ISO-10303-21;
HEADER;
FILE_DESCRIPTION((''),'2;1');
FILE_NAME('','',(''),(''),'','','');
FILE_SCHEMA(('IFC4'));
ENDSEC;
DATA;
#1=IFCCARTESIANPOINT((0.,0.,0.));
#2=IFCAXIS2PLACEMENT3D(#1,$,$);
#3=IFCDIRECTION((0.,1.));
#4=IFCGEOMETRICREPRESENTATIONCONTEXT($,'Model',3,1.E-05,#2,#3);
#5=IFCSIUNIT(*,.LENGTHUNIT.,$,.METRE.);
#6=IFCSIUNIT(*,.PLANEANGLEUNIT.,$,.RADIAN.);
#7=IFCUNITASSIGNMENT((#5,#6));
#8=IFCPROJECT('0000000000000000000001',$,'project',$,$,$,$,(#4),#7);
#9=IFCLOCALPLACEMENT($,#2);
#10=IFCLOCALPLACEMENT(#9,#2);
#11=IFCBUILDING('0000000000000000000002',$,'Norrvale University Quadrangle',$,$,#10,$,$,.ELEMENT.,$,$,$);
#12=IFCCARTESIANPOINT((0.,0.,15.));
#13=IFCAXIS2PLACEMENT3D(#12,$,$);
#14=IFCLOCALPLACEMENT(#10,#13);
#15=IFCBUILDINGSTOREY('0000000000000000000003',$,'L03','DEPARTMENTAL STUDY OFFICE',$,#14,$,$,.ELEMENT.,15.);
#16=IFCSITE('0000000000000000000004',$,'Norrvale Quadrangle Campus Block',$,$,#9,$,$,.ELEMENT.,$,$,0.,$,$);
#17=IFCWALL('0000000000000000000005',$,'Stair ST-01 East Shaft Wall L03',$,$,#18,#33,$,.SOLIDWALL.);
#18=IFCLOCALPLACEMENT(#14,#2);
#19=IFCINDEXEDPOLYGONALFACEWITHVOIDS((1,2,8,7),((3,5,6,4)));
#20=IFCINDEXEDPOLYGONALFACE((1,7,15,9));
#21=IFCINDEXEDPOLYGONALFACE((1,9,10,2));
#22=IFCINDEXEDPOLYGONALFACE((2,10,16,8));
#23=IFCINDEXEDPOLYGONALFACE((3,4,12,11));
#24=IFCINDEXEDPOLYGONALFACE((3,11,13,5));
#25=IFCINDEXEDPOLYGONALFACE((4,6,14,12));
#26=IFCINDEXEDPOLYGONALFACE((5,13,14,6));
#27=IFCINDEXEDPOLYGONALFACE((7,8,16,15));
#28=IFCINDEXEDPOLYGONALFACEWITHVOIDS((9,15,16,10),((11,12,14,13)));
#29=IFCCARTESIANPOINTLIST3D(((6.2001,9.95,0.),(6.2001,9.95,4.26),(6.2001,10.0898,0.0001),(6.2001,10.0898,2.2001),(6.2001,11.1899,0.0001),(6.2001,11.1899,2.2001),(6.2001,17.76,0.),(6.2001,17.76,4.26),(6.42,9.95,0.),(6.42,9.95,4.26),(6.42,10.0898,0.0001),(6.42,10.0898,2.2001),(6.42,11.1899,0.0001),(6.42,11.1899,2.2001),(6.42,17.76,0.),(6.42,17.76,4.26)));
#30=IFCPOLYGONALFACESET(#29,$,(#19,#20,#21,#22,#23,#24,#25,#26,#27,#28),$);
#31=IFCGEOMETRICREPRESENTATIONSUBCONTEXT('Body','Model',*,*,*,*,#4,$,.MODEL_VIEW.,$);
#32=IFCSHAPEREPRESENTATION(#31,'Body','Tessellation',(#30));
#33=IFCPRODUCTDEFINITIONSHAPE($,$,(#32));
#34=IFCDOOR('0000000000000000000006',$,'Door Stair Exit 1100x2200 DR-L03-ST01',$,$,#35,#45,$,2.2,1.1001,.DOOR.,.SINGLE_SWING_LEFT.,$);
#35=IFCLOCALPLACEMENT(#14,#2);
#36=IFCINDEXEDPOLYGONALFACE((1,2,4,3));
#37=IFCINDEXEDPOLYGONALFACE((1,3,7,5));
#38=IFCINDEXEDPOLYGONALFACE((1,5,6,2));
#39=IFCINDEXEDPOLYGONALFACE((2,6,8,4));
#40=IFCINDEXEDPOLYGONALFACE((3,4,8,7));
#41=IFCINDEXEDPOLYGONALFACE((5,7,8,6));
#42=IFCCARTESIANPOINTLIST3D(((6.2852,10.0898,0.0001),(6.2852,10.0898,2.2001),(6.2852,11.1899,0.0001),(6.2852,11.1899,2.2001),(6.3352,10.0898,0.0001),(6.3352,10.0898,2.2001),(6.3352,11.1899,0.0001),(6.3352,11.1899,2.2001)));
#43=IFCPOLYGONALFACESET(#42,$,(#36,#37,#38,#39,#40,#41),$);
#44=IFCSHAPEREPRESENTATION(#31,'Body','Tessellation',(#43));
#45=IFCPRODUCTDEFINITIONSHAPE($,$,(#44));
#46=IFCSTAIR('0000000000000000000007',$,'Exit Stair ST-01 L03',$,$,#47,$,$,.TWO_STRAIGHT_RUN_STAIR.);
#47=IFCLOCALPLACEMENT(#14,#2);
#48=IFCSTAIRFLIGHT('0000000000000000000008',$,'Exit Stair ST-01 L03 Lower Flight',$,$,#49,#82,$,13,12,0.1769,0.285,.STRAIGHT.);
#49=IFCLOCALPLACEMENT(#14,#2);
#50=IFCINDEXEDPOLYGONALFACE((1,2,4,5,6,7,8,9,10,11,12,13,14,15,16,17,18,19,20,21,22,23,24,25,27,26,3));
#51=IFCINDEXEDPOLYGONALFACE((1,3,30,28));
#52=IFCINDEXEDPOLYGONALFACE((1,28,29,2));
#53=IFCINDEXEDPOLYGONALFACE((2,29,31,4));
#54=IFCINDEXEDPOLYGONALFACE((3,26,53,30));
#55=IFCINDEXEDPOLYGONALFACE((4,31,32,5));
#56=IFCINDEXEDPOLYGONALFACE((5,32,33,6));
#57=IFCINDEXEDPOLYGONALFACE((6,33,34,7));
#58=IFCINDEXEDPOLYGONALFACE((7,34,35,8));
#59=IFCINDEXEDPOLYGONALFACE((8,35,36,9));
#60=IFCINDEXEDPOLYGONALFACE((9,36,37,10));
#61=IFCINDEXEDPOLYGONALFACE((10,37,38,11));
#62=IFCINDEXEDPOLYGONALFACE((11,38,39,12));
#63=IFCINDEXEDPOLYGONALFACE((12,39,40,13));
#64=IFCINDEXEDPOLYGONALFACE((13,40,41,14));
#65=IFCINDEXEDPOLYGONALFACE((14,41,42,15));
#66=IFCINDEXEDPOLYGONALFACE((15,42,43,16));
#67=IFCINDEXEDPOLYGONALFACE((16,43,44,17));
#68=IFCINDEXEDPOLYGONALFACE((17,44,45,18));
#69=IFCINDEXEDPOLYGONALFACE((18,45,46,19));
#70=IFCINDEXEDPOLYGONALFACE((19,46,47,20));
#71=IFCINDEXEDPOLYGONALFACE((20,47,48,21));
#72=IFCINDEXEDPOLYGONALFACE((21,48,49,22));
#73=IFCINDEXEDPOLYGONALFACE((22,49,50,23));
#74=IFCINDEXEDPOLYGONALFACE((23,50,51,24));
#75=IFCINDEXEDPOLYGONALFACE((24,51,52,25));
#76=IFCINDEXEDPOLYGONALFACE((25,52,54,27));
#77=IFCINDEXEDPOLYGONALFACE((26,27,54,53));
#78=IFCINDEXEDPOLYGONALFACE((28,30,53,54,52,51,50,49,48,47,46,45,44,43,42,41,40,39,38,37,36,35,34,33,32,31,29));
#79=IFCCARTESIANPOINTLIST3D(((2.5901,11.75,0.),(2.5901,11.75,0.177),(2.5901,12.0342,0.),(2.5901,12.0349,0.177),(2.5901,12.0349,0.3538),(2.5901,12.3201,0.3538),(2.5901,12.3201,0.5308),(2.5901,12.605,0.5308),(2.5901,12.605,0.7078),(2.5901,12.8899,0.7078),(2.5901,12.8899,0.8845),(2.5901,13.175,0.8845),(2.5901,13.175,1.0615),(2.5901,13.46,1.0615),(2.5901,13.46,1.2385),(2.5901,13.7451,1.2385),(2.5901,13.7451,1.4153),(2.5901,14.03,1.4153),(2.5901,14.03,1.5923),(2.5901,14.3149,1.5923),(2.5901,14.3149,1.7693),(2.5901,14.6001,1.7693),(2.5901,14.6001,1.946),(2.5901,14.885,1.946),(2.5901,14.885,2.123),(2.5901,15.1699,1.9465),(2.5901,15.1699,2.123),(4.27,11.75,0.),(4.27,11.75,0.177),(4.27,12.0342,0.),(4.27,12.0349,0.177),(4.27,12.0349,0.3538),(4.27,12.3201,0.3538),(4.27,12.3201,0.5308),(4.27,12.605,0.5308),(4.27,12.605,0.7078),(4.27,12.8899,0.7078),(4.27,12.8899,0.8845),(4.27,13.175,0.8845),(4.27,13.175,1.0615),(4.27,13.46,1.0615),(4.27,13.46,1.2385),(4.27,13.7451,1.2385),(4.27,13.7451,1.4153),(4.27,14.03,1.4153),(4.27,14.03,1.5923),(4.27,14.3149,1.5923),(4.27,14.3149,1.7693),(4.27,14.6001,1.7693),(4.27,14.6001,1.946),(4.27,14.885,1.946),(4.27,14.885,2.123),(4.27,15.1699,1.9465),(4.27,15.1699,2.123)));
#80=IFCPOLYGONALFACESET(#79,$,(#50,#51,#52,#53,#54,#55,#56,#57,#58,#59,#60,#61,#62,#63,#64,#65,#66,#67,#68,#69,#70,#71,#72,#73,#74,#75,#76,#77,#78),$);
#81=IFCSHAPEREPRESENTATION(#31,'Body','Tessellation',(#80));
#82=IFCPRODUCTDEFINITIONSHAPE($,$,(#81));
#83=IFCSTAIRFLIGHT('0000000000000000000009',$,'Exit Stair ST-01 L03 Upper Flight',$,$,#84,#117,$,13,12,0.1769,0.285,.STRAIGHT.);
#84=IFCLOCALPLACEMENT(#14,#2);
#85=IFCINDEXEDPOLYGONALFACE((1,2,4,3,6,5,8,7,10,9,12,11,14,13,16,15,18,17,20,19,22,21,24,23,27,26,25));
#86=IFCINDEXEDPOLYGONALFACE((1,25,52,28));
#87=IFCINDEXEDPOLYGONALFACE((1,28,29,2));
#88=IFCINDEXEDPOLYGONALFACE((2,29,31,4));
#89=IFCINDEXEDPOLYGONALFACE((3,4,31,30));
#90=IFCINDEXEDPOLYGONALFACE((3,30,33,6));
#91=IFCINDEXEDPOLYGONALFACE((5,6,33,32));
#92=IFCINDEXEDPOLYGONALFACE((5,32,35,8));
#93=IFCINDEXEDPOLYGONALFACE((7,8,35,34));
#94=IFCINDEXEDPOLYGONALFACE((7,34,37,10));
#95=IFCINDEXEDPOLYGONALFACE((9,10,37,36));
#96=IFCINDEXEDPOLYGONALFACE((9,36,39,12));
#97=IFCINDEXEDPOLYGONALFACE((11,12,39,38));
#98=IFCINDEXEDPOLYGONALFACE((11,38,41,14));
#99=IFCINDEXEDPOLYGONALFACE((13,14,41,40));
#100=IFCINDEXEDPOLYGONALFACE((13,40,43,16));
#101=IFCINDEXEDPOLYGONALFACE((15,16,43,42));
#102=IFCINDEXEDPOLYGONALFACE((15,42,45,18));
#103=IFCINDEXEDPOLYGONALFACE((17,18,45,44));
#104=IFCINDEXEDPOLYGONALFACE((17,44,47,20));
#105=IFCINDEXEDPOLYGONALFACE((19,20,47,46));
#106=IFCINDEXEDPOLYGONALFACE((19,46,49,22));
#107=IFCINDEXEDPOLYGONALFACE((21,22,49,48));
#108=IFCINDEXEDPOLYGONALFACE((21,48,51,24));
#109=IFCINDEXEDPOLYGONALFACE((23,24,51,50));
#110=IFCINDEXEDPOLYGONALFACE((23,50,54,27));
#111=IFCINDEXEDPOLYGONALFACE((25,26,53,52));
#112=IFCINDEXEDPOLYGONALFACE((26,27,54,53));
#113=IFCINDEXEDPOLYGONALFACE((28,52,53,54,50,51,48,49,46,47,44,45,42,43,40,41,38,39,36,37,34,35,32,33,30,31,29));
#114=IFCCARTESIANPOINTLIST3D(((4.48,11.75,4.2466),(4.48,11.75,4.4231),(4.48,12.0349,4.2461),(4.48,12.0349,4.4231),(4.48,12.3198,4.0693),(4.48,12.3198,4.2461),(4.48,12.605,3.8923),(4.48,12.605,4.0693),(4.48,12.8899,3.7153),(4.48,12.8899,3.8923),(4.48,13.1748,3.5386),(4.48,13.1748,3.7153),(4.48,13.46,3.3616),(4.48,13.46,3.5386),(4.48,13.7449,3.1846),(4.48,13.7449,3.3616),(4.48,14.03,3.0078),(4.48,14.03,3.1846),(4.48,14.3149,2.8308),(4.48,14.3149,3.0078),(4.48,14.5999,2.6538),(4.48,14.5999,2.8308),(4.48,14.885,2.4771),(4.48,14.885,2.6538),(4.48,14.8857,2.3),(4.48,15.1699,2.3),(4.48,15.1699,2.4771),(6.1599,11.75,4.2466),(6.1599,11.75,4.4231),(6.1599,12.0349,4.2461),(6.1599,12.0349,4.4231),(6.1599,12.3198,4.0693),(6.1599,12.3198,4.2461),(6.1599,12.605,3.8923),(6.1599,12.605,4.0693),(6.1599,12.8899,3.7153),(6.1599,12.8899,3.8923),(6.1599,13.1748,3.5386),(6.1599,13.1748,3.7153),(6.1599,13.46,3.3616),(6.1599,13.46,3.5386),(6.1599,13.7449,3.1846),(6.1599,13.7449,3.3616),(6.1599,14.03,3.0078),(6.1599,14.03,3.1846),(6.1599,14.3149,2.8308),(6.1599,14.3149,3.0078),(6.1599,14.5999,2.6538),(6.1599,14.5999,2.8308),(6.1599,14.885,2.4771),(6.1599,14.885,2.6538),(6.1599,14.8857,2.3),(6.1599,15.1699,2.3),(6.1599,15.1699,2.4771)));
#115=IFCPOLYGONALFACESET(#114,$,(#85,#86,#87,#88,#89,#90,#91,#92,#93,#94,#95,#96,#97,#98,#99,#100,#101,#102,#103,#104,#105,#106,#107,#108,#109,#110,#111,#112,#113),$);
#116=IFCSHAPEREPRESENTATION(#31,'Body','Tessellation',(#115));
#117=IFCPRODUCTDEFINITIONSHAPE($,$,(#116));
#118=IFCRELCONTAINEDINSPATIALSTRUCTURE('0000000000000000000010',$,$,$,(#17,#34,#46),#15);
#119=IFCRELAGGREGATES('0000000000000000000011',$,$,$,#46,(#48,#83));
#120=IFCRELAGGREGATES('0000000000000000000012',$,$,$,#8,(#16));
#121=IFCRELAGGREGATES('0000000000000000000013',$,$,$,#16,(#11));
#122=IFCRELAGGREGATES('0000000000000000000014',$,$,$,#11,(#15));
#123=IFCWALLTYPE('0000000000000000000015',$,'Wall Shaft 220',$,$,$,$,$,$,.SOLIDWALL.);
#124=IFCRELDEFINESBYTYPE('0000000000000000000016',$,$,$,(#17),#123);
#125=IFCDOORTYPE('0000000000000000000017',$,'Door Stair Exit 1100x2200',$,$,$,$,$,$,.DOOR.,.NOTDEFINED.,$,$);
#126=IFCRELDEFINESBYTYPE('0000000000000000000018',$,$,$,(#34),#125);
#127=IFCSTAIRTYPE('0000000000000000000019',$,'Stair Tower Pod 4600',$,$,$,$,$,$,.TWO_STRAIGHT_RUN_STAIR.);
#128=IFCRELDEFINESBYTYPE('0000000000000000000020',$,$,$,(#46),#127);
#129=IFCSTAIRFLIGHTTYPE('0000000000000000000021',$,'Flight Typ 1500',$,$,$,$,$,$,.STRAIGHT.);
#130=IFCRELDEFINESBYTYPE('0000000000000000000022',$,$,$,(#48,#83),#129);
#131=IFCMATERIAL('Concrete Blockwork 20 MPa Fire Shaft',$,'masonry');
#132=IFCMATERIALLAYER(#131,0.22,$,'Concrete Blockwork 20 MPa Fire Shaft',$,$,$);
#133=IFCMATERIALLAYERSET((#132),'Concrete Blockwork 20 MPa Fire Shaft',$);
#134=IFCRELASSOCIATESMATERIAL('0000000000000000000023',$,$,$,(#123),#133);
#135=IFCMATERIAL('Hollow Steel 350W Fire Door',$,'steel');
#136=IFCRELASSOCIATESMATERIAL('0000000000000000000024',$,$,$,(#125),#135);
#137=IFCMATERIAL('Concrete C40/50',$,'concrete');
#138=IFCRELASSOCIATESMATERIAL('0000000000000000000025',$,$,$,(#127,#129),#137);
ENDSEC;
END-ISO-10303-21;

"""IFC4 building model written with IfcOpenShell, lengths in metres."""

from ifc_helpers import new_model, si_unit, direction, frame, frame_2d, origin, place, context, subcontext, project, spatial, polyline, rectangle, outline, extrude, material, layer, layer_set, type_object, element, fill, aggregate, save


model = new_model("IFC4")

# Units and contexts
model_context = context("Model", 3, precision=1e-05, world=origin(), true_north=direction((0.0, 1.0)))
body_context = subcontext(model_context, "Body", "Model", "MODEL_VIEW")
ifc_project = project(units=[si_unit("LENGTHUNIT", "METRE"), si_unit("PLANEANGLEUNIT", "RADIAN")], contexts=[model_context])

# Site, building, storey
site_placement = place(None, origin())
site = spatial("IfcSite", under=ifc_project, at=site_placement, Name="Norrvale Quadrangle Campus Block", CompositionType="ELEMENT", RefElevation=0.0)
building_placement = place(site_placement, origin())
building = spatial("IfcBuilding", under=site, at=building_placement, Name="Norrvale University Quadrangle", CompositionType="ELEMENT")
storey_placement = place(building_placement, frame((0.0, 0.0, 15.0)))
storey = spatial("IfcBuildingStorey", under=building, at=storey_placement, Name="L03", Description="DEPARTMENTAL STUDY OFFICE", CompositionType="ELEMENT", Elevation=15.0)

# Wall, opening, door
ifc_material_1 = material(Name="Concrete Blockwork 20 MPa Fire Shaft", Category="masonry")
ifc_layer_1 = layer(ifc_material_1, 0.22, Name="Concrete Blockwork 20 MPa Fire Shaft")
ifc_layer_set_1 = layer_set([ifc_layer_1], Name="Concrete Blockwork 20 MPa Fire Shaft")
wall_type_1 = type_object("IfcWallType", Name="Wall Shaft 220", PredefinedType="SOLIDWALL", material=ifc_layer_set_1)
wall_1_placement = place(storey_placement, frame((6.3101, 9.95, 0.0), z_axis=(0.0, 0.0, 1.0), x_axis=(0.0, 1.0, 0.0)))
wall_1 = element("IfcWall", 1, at=wall_1_placement, inside=storey, type_object=wall_type_1, Name="Stair ST-01 East Shaft Wall L03", PredefinedType="SOLIDWALL", context=body_context, shape_type="SweptSolid", body=[
    extrude(rectangle(XDim=7.8101, YDim=0.22, at=frame_2d((3.905, 0.0))), origin(), (0.0, 0.0, 1.0), 4.26),
])
opening_1_placement = place(wall_1_placement, frame((0.1399, 0.0, 0.0)))
opening_1 = element("IfcOpeningElement", 2, at=opening_1_placement, cuts=wall_1, PredefinedType="OPENING", context=body_context, shape_type="SweptSolid", body=[
    extrude(rectangle(XDim=1.1001, YDim=2.2, at=frame_2d((0.55, 1.1001))), frame((0.0, 0.1221, 0.0), z_axis=(0.0, -1.0, 0.0), x_axis=(1.0, 0.0, 0.0)), (0.0, 0.0, 1.0), 0.2439),
])
ifc_material_2 = material(Name="Hollow Steel 350W Fire Door", Category="steel")
door_type_1 = type_object("IfcDoorType", Name="Door Stair Exit 1100x2200", OperationType="NOTDEFINED", PredefinedType="DOOR", material=ifc_material_2)
door_1_placement = place(opening_1_placement, origin())
door_1 = element("IfcDoor", 3, at=door_1_placement, inside=storey, type_object=door_type_1, Name="Door Stair Exit 1100x2200 DR-L03-ST01", OperationType="SINGLE_SWING_LEFT", OverallHeight=2.2, OverallWidth=1.1001, PredefinedType="DOOR", context=body_context, shape_type="SweptSolid", body=[
    extrude(rectangle(XDim=1.1001, YDim=2.2, at=frame_2d((0.55, 1.1001))), frame((0.0, 0.0249, 0.0), z_axis=(0.0, -1.0, 0.0), x_axis=(1.0, 0.0, 0.0)), (0.0, 0.0, 1.0), 0.05),
])
fill(opening_1, door_1)

# Stair, stair flights
ifc_material_3 = material(Name="Concrete C40/50", Category="concrete")
stair_type = type_object("IfcStairType", Name="Stair Tower Pod 4600", PredefinedType="TWO_STRAIGHT_RUN_STAIR", material=ifc_material_3)
stair_placement = place(storey_placement, origin())
stair = element("IfcStair", 4, at=stair_placement, inside=storey, type_object=stair_type, Name="Exit Stair ST-01 L03", PredefinedType="TWO_STRAIGHT_RUN_STAIR")
stair_flight_type = type_object("IfcStairFlightType", Name="Flight Typ 1500", PredefinedType="STRAIGHT", material=ifc_material_3)
stair_flight_1_placement = place(storey_placement, frame((3.4299, 11.75, 0.0), z_axis=(0.0, 0.0, 1.0), x_axis=(0.0, 1.0, 0.0)))
stair_flight_1 = element("IfcStairFlight", 5, at=stair_flight_1_placement, type_object=stair_flight_type, Name="Exit Stair ST-01 L03 Lower Flight", NumberOfRisers=13, NumberOfTreads=12, PredefinedType="STRAIGHT", RiserHeight=0.1769, TreadLength=0.285, context=body_context, shape_type="SweptSolid", body=[
    extrude(outline(polyline([(0.0, 0.0), (0.0, 0.177), (0.2849, 0.177), (0.2849, 0.3538), (0.5701, 0.3538), (0.5701, 0.5308), (0.855, 0.5308), (0.855, 0.7078), (1.1399, 0.7078), (1.1399, 0.8845), (1.425, 0.8845), (1.425, 1.0615), (1.71, 1.0615), (1.71, 1.2385), (1.9951, 1.2385), (1.9951, 1.4153), (2.28, 1.4153), (2.28, 1.5923), (2.5649, 1.5923), (2.5649, 1.7693), (2.8501, 1.7693), (2.8501, 1.946), (3.135, 1.946), (3.135, 2.123), (3.4199, 2.123), (3.4199, 2.3), (3.4199, 1.9465), (0.2842, 0.0), (0.0, 0.0)])), frame((0.0, 0.8398, 0.0), z_axis=(0.0, -1.0, 0.0), x_axis=(1.0, 0.0, 0.0)), (0.0, 0.0, 1.0), 1.6799),
])
stair_flight_2_placement = place(storey_placement, frame((5.3201, 15.1699, 2.3), z_axis=(0.0, 0.0, 1.0), x_axis=(0.0, -1.0, 0.0)))
stair_flight_2 = element("IfcStairFlight", 6, at=stair_flight_2_placement, type_object=stair_flight_type, Name="Exit Stair ST-01 L03 Upper Flight", NumberOfRisers=13, NumberOfTreads=12, PredefinedType="STRAIGHT", RiserHeight=0.1769, TreadLength=0.285, context=body_context, shape_type="SweptSolid", body=[
    extrude(outline(polyline([(0.0, 0.0), (0.0, 0.177), (0.2849, 0.177), (0.2849, 0.3538), (0.5701, 0.3538), (0.5701, 0.5308), (0.855, 0.5308), (0.855, 0.7078), (1.1399, 0.7078), (1.1399, 0.8845), (1.425, 0.8845), (1.425, 1.0615), (1.71, 1.0615), (1.71, 1.2385), (1.9951, 1.2385), (1.9951, 1.4153), (2.28, 1.4153), (2.28, 1.5923), (2.5649, 1.5923), (2.5649, 1.7693), (2.8501, 1.7693), (2.8501, 1.946), (3.135, 1.946), (3.135, 2.123), (3.4199, 2.123), (3.4199, 2.3), (3.4199, 1.9465), (0.2842, 0.0), (0.0, 0.0)])), frame((0.0, 0.8398, 0.0), z_axis=(0.0, -1.0, 0.0), x_axis=(1.0, 0.0, 0.0)), (0.0, 0.0, 1.0), 1.6799),
])
aggregate(stair, [stair_flight_1, stair_flight_2])

save(model, "model.ifc")
